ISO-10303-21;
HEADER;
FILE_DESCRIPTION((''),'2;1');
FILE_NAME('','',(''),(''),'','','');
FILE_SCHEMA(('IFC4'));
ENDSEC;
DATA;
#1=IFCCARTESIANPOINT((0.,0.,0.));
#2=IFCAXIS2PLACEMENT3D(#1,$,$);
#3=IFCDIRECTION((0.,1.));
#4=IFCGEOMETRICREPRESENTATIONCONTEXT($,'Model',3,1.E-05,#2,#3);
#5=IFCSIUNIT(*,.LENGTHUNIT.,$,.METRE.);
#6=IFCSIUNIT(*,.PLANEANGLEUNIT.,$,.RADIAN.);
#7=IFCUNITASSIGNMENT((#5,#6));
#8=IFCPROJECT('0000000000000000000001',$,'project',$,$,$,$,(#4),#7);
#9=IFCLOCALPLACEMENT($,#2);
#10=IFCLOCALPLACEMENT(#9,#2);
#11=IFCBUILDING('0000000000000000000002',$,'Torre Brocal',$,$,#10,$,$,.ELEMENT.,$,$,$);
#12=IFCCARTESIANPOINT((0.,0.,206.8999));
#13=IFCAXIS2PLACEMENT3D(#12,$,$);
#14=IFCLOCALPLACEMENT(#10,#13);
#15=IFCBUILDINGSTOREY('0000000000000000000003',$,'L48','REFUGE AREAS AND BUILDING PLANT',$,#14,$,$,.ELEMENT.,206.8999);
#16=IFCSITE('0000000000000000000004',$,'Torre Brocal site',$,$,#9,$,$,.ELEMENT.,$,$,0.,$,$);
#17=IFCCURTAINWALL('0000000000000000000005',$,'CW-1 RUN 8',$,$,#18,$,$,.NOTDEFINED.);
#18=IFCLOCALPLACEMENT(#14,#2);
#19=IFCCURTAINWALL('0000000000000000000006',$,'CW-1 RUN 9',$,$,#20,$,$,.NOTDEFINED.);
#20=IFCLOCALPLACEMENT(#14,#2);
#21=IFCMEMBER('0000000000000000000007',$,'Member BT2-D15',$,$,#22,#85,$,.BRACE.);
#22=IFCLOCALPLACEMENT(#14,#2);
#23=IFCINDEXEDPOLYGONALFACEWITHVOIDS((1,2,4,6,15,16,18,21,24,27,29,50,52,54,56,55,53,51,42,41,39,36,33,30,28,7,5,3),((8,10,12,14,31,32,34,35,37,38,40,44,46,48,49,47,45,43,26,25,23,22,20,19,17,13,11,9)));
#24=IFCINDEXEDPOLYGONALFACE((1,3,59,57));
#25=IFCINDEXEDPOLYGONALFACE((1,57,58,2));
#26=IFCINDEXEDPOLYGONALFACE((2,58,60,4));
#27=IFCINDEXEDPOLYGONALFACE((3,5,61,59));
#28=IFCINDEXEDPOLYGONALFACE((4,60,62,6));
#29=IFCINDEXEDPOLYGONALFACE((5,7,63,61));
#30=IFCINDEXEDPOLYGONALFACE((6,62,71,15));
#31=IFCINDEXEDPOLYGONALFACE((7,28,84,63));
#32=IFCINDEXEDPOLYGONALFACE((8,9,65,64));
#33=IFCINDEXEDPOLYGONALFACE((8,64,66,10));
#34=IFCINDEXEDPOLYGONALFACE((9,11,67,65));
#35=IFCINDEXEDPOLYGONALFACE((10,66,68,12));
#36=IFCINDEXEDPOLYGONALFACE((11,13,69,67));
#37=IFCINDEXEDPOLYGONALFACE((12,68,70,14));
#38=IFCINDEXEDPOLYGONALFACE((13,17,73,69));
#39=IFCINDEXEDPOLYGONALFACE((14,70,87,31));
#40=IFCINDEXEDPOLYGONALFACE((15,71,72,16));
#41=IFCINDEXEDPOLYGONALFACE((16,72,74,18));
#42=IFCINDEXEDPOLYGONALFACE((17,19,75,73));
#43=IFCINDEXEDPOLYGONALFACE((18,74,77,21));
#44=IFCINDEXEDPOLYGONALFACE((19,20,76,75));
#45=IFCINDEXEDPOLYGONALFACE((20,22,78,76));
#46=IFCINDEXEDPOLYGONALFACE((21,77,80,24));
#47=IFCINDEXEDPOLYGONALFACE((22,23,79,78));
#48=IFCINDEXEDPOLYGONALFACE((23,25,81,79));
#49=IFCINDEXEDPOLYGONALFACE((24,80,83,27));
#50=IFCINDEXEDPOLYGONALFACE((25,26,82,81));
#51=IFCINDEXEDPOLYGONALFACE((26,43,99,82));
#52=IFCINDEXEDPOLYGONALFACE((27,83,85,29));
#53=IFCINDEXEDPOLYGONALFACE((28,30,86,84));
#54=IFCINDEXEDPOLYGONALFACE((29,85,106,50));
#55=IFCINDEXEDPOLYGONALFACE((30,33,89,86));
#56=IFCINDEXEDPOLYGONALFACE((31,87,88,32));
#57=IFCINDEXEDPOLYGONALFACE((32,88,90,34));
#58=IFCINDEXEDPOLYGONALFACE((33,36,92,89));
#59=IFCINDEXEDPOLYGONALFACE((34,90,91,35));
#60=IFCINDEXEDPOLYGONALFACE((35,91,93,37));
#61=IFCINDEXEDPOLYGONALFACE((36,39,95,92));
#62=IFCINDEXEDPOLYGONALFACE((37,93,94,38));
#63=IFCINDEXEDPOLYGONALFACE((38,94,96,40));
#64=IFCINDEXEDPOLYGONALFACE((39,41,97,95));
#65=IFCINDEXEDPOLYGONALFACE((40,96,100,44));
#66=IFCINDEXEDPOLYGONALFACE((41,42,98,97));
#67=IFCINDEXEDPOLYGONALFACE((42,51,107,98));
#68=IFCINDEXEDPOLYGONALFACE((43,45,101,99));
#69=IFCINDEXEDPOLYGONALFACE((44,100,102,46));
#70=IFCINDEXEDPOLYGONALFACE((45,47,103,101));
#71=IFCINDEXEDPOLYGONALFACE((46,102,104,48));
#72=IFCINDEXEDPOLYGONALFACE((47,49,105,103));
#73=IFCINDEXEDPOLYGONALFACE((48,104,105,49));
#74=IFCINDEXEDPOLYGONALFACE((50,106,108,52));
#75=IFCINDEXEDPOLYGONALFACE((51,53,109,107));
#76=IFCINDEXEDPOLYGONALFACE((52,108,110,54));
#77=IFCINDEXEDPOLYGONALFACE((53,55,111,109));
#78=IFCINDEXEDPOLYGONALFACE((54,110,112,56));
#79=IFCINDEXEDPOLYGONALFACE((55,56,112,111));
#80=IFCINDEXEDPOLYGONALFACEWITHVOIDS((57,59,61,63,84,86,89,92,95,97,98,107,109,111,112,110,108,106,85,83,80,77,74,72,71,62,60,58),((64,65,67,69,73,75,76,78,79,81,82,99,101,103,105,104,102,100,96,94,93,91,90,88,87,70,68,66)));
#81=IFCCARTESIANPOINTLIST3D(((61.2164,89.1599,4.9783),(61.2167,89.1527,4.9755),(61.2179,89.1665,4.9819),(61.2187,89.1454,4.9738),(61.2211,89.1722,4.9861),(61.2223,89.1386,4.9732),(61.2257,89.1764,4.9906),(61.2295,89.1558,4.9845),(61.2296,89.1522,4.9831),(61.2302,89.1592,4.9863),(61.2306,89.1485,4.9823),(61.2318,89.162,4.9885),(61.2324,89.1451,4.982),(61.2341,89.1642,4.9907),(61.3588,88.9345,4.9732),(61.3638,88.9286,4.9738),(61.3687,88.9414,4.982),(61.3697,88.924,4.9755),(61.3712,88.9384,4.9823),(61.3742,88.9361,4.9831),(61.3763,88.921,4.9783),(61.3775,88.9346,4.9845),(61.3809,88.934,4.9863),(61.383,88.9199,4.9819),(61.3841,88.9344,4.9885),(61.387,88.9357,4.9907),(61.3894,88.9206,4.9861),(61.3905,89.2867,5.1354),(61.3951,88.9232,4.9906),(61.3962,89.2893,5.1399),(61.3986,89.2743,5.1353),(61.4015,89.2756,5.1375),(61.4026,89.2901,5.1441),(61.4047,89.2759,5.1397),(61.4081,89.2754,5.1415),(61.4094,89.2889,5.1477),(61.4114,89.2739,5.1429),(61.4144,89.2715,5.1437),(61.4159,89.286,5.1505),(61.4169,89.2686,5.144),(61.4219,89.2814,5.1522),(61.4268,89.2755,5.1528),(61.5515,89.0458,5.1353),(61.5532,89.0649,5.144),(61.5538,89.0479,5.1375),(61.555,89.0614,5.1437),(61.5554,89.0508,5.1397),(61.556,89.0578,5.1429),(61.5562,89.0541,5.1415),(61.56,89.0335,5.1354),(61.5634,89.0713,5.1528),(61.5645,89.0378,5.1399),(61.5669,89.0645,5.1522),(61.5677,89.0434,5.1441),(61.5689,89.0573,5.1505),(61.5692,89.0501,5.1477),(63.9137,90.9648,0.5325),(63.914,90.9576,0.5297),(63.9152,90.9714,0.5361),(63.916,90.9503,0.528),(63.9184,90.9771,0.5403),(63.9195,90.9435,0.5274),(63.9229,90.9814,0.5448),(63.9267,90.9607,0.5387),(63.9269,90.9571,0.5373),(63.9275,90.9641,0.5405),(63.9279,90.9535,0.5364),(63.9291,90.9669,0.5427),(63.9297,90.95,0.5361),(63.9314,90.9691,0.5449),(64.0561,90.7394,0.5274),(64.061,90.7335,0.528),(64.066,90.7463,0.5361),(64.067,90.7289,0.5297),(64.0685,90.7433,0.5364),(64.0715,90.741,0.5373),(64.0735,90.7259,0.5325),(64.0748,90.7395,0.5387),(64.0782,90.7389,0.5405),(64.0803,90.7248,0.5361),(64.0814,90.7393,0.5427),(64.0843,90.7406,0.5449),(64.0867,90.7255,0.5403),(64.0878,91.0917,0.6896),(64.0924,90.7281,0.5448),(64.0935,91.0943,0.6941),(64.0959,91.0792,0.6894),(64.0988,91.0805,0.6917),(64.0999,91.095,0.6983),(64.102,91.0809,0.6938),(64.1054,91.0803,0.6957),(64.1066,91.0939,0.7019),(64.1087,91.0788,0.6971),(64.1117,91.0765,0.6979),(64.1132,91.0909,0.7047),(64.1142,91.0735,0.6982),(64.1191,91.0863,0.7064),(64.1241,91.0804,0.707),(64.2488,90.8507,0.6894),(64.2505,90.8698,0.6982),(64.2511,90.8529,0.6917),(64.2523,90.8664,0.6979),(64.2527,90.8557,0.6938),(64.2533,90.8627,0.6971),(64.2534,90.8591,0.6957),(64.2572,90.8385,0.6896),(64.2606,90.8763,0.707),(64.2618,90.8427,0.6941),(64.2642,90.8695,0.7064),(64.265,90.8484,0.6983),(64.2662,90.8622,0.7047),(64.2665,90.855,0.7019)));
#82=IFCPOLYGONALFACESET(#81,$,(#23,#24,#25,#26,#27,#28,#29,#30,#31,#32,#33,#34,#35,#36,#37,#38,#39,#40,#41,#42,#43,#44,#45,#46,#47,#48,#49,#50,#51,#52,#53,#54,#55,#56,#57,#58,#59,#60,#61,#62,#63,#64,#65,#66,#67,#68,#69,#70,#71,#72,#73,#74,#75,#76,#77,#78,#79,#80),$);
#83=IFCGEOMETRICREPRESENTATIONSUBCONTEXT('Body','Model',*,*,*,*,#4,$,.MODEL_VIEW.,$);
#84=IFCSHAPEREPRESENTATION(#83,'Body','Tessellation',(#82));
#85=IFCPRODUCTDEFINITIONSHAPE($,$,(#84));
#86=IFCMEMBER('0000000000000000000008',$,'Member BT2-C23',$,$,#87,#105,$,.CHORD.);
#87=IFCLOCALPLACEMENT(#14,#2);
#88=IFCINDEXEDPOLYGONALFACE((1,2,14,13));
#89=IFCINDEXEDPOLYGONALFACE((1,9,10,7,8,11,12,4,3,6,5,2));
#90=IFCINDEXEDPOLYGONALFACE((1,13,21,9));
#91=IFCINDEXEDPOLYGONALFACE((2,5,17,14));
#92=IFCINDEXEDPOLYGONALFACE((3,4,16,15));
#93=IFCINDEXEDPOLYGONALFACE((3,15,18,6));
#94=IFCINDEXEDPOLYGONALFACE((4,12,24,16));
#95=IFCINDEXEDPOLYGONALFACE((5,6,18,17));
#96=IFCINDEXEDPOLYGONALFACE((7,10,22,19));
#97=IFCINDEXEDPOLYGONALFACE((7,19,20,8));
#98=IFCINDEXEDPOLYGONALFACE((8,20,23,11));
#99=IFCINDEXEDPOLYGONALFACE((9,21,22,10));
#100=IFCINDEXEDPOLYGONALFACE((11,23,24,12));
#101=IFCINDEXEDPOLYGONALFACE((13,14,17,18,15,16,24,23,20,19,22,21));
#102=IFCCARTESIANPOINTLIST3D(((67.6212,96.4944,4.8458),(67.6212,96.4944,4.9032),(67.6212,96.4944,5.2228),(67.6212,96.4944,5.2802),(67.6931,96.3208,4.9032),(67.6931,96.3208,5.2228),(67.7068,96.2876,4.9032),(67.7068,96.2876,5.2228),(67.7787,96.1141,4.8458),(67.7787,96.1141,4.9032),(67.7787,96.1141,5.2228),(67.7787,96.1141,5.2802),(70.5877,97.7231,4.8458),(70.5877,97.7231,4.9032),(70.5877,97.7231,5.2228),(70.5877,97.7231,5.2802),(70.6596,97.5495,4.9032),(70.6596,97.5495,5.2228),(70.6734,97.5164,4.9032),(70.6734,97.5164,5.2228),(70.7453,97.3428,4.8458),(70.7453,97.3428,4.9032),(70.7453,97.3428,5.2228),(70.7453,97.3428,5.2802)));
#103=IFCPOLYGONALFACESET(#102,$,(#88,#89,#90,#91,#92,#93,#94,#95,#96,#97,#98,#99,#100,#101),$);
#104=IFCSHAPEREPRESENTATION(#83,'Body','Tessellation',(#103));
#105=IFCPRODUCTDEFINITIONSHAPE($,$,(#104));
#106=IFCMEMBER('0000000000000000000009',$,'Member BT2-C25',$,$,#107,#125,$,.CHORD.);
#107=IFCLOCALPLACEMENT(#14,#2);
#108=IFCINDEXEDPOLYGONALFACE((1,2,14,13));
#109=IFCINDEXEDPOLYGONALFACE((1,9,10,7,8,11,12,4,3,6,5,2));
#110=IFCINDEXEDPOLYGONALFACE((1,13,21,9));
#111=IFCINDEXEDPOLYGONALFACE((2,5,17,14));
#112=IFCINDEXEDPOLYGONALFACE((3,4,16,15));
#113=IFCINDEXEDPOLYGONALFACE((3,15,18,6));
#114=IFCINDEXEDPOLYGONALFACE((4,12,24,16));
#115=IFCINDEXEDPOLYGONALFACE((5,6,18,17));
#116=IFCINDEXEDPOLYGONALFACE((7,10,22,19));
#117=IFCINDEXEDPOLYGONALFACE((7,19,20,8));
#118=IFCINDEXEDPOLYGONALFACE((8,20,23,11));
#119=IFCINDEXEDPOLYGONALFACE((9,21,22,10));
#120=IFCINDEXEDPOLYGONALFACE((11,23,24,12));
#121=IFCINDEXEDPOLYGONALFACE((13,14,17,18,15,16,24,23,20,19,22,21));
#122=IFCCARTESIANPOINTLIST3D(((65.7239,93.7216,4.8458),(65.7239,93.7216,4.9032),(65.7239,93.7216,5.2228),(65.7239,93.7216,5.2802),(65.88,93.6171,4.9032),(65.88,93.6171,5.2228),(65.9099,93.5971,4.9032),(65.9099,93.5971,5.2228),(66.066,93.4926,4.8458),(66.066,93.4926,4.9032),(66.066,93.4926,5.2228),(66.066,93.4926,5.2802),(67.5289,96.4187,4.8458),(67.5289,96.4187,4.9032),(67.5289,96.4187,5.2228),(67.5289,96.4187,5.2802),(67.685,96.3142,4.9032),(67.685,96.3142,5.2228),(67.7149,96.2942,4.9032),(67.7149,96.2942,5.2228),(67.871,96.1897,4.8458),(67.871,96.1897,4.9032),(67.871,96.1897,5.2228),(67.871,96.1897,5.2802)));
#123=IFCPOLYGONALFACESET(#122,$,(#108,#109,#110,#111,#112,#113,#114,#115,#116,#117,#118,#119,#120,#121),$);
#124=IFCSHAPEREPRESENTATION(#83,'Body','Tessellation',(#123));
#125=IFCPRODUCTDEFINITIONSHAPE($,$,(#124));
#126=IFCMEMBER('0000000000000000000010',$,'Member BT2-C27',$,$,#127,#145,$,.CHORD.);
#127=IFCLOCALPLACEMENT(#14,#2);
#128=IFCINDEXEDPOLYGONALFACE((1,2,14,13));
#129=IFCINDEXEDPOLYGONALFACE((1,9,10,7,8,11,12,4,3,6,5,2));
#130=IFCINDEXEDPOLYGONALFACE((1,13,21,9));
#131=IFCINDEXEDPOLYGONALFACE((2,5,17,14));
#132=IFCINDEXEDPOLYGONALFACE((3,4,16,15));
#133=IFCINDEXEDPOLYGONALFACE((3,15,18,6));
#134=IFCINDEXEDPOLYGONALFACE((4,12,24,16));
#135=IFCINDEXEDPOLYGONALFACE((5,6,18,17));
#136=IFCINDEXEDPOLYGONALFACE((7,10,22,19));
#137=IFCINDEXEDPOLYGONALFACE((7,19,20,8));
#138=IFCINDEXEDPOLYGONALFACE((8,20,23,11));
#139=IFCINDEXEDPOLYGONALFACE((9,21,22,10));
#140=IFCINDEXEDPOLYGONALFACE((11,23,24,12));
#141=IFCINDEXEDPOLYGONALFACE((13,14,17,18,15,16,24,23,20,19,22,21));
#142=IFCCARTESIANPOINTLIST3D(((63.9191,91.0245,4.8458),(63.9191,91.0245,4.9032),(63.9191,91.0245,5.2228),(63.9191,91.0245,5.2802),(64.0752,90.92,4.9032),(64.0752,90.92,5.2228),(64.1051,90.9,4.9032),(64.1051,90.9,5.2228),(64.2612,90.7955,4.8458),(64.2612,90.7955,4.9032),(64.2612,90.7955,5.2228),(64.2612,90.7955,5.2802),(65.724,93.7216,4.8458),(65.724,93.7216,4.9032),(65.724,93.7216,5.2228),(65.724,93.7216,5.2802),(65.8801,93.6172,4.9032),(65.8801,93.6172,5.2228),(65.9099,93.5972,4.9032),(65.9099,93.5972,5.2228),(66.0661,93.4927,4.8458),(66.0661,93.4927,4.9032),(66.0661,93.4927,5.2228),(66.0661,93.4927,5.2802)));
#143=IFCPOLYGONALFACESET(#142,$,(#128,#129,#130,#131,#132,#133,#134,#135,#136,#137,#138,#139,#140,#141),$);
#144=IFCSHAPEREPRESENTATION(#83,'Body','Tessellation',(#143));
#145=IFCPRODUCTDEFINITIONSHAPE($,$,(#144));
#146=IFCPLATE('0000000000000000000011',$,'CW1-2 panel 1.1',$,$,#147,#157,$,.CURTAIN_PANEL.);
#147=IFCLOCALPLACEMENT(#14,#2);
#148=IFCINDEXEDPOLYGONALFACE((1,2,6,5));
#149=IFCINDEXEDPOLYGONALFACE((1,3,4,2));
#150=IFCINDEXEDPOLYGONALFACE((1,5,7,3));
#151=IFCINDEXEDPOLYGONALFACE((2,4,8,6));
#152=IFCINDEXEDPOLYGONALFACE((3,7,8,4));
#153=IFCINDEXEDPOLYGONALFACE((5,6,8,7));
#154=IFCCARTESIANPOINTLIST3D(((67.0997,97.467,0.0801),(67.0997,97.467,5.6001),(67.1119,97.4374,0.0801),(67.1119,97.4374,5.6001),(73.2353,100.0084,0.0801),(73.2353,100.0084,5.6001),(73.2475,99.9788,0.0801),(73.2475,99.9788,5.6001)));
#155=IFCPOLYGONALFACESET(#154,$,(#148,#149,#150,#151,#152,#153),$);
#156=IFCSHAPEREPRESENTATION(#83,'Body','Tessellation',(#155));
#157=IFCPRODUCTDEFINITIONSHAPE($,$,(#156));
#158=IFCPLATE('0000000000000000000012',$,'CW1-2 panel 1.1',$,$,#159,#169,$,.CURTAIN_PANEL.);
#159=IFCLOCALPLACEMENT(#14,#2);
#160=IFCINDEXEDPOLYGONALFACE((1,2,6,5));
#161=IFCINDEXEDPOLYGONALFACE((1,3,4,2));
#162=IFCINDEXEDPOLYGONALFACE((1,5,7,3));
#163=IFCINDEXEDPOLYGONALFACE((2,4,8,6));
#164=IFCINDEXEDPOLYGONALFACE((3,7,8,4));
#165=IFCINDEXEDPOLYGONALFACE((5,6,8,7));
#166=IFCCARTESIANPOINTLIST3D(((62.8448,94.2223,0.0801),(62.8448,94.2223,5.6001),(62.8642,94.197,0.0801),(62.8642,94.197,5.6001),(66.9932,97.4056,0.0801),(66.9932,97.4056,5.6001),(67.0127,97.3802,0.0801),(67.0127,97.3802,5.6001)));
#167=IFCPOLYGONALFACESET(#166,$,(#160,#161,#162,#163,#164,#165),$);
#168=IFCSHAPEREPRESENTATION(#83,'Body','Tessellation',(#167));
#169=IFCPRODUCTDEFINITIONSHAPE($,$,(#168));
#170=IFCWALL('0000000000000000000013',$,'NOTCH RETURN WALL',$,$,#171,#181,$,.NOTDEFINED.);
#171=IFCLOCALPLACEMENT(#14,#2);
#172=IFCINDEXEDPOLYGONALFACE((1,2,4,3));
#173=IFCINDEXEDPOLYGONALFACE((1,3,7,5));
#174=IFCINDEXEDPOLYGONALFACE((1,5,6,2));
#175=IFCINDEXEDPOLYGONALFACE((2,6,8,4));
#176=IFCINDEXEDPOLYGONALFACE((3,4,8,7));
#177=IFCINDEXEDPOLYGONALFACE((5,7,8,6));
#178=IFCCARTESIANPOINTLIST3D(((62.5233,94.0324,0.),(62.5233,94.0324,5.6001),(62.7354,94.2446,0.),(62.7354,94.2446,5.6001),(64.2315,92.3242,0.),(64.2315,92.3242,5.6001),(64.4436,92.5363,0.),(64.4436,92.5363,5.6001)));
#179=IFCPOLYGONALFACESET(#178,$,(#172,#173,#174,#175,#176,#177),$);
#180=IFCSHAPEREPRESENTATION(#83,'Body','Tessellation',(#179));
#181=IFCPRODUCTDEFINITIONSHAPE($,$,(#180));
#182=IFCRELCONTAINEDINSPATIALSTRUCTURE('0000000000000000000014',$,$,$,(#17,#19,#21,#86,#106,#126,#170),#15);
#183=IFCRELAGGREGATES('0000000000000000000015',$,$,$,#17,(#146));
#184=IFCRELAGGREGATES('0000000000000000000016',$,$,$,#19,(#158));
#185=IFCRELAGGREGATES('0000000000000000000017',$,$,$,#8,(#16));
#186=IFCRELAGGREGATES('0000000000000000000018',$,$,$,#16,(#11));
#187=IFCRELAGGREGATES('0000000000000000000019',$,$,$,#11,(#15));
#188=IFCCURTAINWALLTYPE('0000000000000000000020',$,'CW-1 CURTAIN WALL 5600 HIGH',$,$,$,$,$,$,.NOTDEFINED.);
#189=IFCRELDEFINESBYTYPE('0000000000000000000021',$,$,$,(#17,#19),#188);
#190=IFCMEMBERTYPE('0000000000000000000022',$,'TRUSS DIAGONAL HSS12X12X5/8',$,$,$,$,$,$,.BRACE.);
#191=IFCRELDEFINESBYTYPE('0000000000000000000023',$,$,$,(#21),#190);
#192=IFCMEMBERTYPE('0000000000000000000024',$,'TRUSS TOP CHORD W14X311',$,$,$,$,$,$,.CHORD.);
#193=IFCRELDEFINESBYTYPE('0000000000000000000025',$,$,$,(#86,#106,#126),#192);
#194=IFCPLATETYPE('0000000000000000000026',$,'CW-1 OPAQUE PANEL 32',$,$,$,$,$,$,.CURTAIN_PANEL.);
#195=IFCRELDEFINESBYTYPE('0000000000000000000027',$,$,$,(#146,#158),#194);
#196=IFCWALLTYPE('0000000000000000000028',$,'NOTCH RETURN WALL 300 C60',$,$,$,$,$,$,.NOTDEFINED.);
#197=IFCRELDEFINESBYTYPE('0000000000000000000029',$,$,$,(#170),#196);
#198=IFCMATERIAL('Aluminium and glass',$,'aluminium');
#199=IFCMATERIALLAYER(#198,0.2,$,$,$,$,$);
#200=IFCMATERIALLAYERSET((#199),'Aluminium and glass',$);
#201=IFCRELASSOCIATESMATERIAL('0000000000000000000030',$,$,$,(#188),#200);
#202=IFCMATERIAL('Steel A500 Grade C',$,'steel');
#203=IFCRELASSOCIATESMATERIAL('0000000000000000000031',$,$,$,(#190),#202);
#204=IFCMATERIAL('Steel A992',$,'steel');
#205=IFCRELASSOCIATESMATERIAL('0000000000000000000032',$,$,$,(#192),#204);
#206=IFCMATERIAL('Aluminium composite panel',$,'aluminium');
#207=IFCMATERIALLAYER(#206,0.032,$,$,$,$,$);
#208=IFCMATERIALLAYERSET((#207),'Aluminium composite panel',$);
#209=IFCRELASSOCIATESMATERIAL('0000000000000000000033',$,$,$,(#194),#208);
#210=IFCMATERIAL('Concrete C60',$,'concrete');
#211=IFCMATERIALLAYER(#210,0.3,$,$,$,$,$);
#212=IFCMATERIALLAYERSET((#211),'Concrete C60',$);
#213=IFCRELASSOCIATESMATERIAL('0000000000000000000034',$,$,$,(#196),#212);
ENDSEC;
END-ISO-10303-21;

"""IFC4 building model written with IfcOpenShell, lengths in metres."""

from ifc_helpers import new_model, si_unit, direction, frame, frame_2d, origin, origin_2d, place, context, subcontext, project, spatial, rectangle, hollow_rectangle, i_section, extrude, material, layer, layer_set, material_profile, profile_set, type_object, element, aggregate, save


model = new_model("IFC4")

# Units and contexts
model_context = context("Model", 3, precision=1e-05, world=origin(), true_north=direction((0.0, 1.0)))
body_context = subcontext(model_context, "Body", "Model", "MODEL_VIEW")
ifc_project = project(units=[si_unit("LENGTHUNIT", "METRE"), si_unit("PLANEANGLEUNIT", "RADIAN")], contexts=[model_context])

# Site, building, storey
site_placement = place(None, origin())
site = spatial("IfcSite", under=ifc_project, at=site_placement, Name="Torre Brocal site", CompositionType="ELEMENT", RefElevation=0.0)
building_placement = place(site_placement, origin())
building = spatial("IfcBuilding", under=site, at=building_placement, Name="Torre Brocal", CompositionType="ELEMENT")
storey_placement = place(building_placement, frame((0.0, 0.0, 206.8999)))
storey = spatial("IfcBuildingStorey", under=building, at=storey_placement, Name="L48", Description="REFUGE AREAS AND BUILDING PLANT", CompositionType="ELEMENT", Elevation=206.8999)

# Curtain wall
ifc_material_1 = material(Name="Aluminium and glass", Category="aluminium")
ifc_layer_1 = layer(ifc_material_1, 0.2)
ifc_layer_set_1 = layer_set([ifc_layer_1], Name="Aluminium and glass")
curtain_wall_type = type_object("IfcCurtainWallType", Name="CW-1 CURTAIN WALL 5600 HIGH", PredefinedType="NOTDEFINED", material=ifc_layer_set_1)
curtain_wall_1_placement = place(storey_placement, origin())
curtain_wall_1 = element("IfcCurtainWall", 1, at=curtain_wall_1_placement, inside=storey, type_object=curtain_wall_type, Name="CW-1 RUN 8", PredefinedType="NOTDEFINED")

# Curtain wall
curtain_wall_2_placement = place(storey_placement, origin())
curtain_wall_2 = element("IfcCurtainWall", 2, at=curtain_wall_2_placement, inside=storey, type_object=curtain_wall_type, Name="CW-1 RUN 9", PredefinedType="NOTDEFINED")

# Members
ifc_material_2 = material(Name="Steel A500 Grade C", Category="steel")
ifc_material_profile_1 = material_profile(ifc_material_2, hollow_rectangle(XDim=0.3047, YDim=0.3047, WallThickness=0.0149, InnerFilletRadius=0.0149, OuterFilletRadius=0.0295, at=origin_2d()), Name="HSS12X12X5/8")
ifc_profile_set_1 = profile_set([ifc_material_profile_1], Name="Steel A500 Grade C")
member_type_1 = type_object("IfcMemberType", Name="TRUSS DIAGONAL HSS12X12X5/8", PredefinedType="BRACE", material=ifc_profile_set_1)
for number, where, z_axis, x_axis, name in (
    (3, (64.0901, 90.9099, 0.6172), (-0.490022, -0.327908, 0.807685), (0.55614, -0.831088, 0.0), "Member BT2-D15"),
):
    element("IfcMember", number, at=place(storey_placement, frame(where, z_axis=z_axis, x_axis=x_axis)), inside=storey, type_object=member_type_1, Name=name, PredefinedType="BRACE", context=body_context, shape_type="SweptSolid", body=[
        extrude(hollow_rectangle(XDim=0.3047, YDim=0.3047, WallThickness=0.0149, InnerFilletRadius=0.0149, OuterFilletRadius=0.0295, at=origin_2d()), origin(), (0.0, 0.0, 1.0), 5.5044),
    ])
ifc_material_3 = material(Name="Steel A992", Category="steel")
ifc_material_profile_2 = material_profile(ifc_material_3, i_section(OverallWidth=0.4116, OverallDepth=0.4343, WebThickness=0.0359, FlangeThickness=0.0574, at=origin_2d()), Name="W14X311")
ifc_profile_set_2 = profile_set([ifc_material_profile_2], Name="Steel A992")
member_type_2 = type_object("IfcMemberType", Name="TRUSS TOP CHORD W14X311", PredefinedType="CHORD", material=ifc_profile_set_2)
member_1_placement = place(storey_placement, frame((70.6665, 97.533, 5.063), z_axis=(-0.923882, -0.382676, 0.0), x_axis=(0.382676, -0.923882, 0.0)))
element("IfcMember", 4, at=member_1_placement, inside=storey, type_object=member_type_2, Name="Member BT2-C23", PredefinedType="CHORD", context=body_context, shape_type="SweptSolid", body=[
    extrude(i_section(OverallWidth=0.4116, OverallDepth=0.4343, WebThickness=0.0359, FlangeThickness=0.0574, at=origin_2d()), origin(), (0.0, 0.0, 1.0), 3.2109),
])
for number, where, z_axis, x_axis, name in (
    (5, (67.7, 96.3042, 5.063), (-0.556175, -0.831065, 0.0), (0.831065, -0.556175, 0.0), "Member BT2-C25"),
    (6, (65.895, 93.6072, 5.063), (-0.55614, -0.831088, 0.0), (0.831088, -0.55614, 0.0), "Member BT2-C27"),
):
    element("IfcMember", number, at=place(storey_placement, frame(where, z_axis=z_axis, x_axis=x_axis)), inside=storey, type_object=member_type_2, Name=name, PredefinedType="CHORD", context=body_context, shape_type="SweptSolid", body=[
        extrude(i_section(OverallWidth=0.4116, OverallDepth=0.4343, WebThickness=0.0359, FlangeThickness=0.0574, at=origin_2d()), origin(), (0.0, 0.0, 1.0), 3.2454),
    ])

# Plates
ifc_material_4 = material(Name="Aluminium composite panel", Category="aluminium")
ifc_layer_2 = layer(ifc_material_4, 0.032)
ifc_layer_set_2 = layer_set([ifc_layer_2], Name="Aluminium composite panel")
plate_type = type_object("IfcPlateType", Name="CW-1 OPAQUE PANEL 32", PredefinedType="CURTAIN_PANEL", material=ifc_layer_set_2)
plate_1_placement = place(storey_placement, frame((70.1736, 98.7229, 0.0801), z_axis=(0.0, 0.0, 1.0), x_axis=(-0.92388, -0.382683, 0.0)))
plate_1 = element("IfcPlate", 7, at=plate_1_placement, type_object=plate_type, Name="CW1-2 panel 1.1", PredefinedType="CURTAIN_PANEL", context=body_context, shape_type="SweptSolid", body=[
    extrude(rectangle(XDim=6.6411, YDim=0.032, at=origin_2d()), origin(), (0.0, 0.0, 1.0), 5.52),
])
aggregate(curtain_wall_1, [plate_1])
plate_2_placement = place(storey_placement, frame((64.9287, 95.8013, 0.0801), z_axis=(0.0, 0.0, 1.0), x_axis=(-0.793353, -0.608761, 0.0)))
plate_2 = element("IfcPlate", 8, at=plate_2_placement, type_object=plate_type, Name="CW1-2 panel 1.1", PredefinedType="CURTAIN_PANEL", context=body_context, shape_type="SweptSolid", body=[
    extrude(rectangle(XDim=5.229, YDim=0.032, at=origin_2d()), origin(), (0.0, 0.0, 1.0), 5.52),
])
aggregate(curtain_wall_2, [plate_2])

# Wall
ifc_material_5 = material(Name="Concrete C60", Category="concrete")
ifc_layer_3 = layer(ifc_material_5, 0.3)
ifc_layer_set_3 = layer_set([ifc_layer_3], Name="Concrete C60")
wall_type_1 = type_object("IfcWallType", Name="NOTCH RETURN WALL 300 C60", PredefinedType="NOTDEFINED", material=ifc_layer_set_3)
wall_1_placement = place(storey_placement, frame((64.3376, 92.4302, 0.0), z_axis=(0.0, 0.0, 1.0), x_axis=(-0.707107, 0.707107, 0.0)))
element("IfcWall", 9, at=wall_1_placement, inside=storey, type_object=wall_type_1, Name="NOTCH RETURN WALL", PredefinedType="NOTDEFINED", context=body_context, shape_type="SweptSolid", body=[
    extrude(rectangle(XDim=2.4158, YDim=0.3, at=frame_2d((1.208, 0.0))), origin(), (0.0, 0.0, 1.0), 5.6001),
])

save(model, "model.ifc")
